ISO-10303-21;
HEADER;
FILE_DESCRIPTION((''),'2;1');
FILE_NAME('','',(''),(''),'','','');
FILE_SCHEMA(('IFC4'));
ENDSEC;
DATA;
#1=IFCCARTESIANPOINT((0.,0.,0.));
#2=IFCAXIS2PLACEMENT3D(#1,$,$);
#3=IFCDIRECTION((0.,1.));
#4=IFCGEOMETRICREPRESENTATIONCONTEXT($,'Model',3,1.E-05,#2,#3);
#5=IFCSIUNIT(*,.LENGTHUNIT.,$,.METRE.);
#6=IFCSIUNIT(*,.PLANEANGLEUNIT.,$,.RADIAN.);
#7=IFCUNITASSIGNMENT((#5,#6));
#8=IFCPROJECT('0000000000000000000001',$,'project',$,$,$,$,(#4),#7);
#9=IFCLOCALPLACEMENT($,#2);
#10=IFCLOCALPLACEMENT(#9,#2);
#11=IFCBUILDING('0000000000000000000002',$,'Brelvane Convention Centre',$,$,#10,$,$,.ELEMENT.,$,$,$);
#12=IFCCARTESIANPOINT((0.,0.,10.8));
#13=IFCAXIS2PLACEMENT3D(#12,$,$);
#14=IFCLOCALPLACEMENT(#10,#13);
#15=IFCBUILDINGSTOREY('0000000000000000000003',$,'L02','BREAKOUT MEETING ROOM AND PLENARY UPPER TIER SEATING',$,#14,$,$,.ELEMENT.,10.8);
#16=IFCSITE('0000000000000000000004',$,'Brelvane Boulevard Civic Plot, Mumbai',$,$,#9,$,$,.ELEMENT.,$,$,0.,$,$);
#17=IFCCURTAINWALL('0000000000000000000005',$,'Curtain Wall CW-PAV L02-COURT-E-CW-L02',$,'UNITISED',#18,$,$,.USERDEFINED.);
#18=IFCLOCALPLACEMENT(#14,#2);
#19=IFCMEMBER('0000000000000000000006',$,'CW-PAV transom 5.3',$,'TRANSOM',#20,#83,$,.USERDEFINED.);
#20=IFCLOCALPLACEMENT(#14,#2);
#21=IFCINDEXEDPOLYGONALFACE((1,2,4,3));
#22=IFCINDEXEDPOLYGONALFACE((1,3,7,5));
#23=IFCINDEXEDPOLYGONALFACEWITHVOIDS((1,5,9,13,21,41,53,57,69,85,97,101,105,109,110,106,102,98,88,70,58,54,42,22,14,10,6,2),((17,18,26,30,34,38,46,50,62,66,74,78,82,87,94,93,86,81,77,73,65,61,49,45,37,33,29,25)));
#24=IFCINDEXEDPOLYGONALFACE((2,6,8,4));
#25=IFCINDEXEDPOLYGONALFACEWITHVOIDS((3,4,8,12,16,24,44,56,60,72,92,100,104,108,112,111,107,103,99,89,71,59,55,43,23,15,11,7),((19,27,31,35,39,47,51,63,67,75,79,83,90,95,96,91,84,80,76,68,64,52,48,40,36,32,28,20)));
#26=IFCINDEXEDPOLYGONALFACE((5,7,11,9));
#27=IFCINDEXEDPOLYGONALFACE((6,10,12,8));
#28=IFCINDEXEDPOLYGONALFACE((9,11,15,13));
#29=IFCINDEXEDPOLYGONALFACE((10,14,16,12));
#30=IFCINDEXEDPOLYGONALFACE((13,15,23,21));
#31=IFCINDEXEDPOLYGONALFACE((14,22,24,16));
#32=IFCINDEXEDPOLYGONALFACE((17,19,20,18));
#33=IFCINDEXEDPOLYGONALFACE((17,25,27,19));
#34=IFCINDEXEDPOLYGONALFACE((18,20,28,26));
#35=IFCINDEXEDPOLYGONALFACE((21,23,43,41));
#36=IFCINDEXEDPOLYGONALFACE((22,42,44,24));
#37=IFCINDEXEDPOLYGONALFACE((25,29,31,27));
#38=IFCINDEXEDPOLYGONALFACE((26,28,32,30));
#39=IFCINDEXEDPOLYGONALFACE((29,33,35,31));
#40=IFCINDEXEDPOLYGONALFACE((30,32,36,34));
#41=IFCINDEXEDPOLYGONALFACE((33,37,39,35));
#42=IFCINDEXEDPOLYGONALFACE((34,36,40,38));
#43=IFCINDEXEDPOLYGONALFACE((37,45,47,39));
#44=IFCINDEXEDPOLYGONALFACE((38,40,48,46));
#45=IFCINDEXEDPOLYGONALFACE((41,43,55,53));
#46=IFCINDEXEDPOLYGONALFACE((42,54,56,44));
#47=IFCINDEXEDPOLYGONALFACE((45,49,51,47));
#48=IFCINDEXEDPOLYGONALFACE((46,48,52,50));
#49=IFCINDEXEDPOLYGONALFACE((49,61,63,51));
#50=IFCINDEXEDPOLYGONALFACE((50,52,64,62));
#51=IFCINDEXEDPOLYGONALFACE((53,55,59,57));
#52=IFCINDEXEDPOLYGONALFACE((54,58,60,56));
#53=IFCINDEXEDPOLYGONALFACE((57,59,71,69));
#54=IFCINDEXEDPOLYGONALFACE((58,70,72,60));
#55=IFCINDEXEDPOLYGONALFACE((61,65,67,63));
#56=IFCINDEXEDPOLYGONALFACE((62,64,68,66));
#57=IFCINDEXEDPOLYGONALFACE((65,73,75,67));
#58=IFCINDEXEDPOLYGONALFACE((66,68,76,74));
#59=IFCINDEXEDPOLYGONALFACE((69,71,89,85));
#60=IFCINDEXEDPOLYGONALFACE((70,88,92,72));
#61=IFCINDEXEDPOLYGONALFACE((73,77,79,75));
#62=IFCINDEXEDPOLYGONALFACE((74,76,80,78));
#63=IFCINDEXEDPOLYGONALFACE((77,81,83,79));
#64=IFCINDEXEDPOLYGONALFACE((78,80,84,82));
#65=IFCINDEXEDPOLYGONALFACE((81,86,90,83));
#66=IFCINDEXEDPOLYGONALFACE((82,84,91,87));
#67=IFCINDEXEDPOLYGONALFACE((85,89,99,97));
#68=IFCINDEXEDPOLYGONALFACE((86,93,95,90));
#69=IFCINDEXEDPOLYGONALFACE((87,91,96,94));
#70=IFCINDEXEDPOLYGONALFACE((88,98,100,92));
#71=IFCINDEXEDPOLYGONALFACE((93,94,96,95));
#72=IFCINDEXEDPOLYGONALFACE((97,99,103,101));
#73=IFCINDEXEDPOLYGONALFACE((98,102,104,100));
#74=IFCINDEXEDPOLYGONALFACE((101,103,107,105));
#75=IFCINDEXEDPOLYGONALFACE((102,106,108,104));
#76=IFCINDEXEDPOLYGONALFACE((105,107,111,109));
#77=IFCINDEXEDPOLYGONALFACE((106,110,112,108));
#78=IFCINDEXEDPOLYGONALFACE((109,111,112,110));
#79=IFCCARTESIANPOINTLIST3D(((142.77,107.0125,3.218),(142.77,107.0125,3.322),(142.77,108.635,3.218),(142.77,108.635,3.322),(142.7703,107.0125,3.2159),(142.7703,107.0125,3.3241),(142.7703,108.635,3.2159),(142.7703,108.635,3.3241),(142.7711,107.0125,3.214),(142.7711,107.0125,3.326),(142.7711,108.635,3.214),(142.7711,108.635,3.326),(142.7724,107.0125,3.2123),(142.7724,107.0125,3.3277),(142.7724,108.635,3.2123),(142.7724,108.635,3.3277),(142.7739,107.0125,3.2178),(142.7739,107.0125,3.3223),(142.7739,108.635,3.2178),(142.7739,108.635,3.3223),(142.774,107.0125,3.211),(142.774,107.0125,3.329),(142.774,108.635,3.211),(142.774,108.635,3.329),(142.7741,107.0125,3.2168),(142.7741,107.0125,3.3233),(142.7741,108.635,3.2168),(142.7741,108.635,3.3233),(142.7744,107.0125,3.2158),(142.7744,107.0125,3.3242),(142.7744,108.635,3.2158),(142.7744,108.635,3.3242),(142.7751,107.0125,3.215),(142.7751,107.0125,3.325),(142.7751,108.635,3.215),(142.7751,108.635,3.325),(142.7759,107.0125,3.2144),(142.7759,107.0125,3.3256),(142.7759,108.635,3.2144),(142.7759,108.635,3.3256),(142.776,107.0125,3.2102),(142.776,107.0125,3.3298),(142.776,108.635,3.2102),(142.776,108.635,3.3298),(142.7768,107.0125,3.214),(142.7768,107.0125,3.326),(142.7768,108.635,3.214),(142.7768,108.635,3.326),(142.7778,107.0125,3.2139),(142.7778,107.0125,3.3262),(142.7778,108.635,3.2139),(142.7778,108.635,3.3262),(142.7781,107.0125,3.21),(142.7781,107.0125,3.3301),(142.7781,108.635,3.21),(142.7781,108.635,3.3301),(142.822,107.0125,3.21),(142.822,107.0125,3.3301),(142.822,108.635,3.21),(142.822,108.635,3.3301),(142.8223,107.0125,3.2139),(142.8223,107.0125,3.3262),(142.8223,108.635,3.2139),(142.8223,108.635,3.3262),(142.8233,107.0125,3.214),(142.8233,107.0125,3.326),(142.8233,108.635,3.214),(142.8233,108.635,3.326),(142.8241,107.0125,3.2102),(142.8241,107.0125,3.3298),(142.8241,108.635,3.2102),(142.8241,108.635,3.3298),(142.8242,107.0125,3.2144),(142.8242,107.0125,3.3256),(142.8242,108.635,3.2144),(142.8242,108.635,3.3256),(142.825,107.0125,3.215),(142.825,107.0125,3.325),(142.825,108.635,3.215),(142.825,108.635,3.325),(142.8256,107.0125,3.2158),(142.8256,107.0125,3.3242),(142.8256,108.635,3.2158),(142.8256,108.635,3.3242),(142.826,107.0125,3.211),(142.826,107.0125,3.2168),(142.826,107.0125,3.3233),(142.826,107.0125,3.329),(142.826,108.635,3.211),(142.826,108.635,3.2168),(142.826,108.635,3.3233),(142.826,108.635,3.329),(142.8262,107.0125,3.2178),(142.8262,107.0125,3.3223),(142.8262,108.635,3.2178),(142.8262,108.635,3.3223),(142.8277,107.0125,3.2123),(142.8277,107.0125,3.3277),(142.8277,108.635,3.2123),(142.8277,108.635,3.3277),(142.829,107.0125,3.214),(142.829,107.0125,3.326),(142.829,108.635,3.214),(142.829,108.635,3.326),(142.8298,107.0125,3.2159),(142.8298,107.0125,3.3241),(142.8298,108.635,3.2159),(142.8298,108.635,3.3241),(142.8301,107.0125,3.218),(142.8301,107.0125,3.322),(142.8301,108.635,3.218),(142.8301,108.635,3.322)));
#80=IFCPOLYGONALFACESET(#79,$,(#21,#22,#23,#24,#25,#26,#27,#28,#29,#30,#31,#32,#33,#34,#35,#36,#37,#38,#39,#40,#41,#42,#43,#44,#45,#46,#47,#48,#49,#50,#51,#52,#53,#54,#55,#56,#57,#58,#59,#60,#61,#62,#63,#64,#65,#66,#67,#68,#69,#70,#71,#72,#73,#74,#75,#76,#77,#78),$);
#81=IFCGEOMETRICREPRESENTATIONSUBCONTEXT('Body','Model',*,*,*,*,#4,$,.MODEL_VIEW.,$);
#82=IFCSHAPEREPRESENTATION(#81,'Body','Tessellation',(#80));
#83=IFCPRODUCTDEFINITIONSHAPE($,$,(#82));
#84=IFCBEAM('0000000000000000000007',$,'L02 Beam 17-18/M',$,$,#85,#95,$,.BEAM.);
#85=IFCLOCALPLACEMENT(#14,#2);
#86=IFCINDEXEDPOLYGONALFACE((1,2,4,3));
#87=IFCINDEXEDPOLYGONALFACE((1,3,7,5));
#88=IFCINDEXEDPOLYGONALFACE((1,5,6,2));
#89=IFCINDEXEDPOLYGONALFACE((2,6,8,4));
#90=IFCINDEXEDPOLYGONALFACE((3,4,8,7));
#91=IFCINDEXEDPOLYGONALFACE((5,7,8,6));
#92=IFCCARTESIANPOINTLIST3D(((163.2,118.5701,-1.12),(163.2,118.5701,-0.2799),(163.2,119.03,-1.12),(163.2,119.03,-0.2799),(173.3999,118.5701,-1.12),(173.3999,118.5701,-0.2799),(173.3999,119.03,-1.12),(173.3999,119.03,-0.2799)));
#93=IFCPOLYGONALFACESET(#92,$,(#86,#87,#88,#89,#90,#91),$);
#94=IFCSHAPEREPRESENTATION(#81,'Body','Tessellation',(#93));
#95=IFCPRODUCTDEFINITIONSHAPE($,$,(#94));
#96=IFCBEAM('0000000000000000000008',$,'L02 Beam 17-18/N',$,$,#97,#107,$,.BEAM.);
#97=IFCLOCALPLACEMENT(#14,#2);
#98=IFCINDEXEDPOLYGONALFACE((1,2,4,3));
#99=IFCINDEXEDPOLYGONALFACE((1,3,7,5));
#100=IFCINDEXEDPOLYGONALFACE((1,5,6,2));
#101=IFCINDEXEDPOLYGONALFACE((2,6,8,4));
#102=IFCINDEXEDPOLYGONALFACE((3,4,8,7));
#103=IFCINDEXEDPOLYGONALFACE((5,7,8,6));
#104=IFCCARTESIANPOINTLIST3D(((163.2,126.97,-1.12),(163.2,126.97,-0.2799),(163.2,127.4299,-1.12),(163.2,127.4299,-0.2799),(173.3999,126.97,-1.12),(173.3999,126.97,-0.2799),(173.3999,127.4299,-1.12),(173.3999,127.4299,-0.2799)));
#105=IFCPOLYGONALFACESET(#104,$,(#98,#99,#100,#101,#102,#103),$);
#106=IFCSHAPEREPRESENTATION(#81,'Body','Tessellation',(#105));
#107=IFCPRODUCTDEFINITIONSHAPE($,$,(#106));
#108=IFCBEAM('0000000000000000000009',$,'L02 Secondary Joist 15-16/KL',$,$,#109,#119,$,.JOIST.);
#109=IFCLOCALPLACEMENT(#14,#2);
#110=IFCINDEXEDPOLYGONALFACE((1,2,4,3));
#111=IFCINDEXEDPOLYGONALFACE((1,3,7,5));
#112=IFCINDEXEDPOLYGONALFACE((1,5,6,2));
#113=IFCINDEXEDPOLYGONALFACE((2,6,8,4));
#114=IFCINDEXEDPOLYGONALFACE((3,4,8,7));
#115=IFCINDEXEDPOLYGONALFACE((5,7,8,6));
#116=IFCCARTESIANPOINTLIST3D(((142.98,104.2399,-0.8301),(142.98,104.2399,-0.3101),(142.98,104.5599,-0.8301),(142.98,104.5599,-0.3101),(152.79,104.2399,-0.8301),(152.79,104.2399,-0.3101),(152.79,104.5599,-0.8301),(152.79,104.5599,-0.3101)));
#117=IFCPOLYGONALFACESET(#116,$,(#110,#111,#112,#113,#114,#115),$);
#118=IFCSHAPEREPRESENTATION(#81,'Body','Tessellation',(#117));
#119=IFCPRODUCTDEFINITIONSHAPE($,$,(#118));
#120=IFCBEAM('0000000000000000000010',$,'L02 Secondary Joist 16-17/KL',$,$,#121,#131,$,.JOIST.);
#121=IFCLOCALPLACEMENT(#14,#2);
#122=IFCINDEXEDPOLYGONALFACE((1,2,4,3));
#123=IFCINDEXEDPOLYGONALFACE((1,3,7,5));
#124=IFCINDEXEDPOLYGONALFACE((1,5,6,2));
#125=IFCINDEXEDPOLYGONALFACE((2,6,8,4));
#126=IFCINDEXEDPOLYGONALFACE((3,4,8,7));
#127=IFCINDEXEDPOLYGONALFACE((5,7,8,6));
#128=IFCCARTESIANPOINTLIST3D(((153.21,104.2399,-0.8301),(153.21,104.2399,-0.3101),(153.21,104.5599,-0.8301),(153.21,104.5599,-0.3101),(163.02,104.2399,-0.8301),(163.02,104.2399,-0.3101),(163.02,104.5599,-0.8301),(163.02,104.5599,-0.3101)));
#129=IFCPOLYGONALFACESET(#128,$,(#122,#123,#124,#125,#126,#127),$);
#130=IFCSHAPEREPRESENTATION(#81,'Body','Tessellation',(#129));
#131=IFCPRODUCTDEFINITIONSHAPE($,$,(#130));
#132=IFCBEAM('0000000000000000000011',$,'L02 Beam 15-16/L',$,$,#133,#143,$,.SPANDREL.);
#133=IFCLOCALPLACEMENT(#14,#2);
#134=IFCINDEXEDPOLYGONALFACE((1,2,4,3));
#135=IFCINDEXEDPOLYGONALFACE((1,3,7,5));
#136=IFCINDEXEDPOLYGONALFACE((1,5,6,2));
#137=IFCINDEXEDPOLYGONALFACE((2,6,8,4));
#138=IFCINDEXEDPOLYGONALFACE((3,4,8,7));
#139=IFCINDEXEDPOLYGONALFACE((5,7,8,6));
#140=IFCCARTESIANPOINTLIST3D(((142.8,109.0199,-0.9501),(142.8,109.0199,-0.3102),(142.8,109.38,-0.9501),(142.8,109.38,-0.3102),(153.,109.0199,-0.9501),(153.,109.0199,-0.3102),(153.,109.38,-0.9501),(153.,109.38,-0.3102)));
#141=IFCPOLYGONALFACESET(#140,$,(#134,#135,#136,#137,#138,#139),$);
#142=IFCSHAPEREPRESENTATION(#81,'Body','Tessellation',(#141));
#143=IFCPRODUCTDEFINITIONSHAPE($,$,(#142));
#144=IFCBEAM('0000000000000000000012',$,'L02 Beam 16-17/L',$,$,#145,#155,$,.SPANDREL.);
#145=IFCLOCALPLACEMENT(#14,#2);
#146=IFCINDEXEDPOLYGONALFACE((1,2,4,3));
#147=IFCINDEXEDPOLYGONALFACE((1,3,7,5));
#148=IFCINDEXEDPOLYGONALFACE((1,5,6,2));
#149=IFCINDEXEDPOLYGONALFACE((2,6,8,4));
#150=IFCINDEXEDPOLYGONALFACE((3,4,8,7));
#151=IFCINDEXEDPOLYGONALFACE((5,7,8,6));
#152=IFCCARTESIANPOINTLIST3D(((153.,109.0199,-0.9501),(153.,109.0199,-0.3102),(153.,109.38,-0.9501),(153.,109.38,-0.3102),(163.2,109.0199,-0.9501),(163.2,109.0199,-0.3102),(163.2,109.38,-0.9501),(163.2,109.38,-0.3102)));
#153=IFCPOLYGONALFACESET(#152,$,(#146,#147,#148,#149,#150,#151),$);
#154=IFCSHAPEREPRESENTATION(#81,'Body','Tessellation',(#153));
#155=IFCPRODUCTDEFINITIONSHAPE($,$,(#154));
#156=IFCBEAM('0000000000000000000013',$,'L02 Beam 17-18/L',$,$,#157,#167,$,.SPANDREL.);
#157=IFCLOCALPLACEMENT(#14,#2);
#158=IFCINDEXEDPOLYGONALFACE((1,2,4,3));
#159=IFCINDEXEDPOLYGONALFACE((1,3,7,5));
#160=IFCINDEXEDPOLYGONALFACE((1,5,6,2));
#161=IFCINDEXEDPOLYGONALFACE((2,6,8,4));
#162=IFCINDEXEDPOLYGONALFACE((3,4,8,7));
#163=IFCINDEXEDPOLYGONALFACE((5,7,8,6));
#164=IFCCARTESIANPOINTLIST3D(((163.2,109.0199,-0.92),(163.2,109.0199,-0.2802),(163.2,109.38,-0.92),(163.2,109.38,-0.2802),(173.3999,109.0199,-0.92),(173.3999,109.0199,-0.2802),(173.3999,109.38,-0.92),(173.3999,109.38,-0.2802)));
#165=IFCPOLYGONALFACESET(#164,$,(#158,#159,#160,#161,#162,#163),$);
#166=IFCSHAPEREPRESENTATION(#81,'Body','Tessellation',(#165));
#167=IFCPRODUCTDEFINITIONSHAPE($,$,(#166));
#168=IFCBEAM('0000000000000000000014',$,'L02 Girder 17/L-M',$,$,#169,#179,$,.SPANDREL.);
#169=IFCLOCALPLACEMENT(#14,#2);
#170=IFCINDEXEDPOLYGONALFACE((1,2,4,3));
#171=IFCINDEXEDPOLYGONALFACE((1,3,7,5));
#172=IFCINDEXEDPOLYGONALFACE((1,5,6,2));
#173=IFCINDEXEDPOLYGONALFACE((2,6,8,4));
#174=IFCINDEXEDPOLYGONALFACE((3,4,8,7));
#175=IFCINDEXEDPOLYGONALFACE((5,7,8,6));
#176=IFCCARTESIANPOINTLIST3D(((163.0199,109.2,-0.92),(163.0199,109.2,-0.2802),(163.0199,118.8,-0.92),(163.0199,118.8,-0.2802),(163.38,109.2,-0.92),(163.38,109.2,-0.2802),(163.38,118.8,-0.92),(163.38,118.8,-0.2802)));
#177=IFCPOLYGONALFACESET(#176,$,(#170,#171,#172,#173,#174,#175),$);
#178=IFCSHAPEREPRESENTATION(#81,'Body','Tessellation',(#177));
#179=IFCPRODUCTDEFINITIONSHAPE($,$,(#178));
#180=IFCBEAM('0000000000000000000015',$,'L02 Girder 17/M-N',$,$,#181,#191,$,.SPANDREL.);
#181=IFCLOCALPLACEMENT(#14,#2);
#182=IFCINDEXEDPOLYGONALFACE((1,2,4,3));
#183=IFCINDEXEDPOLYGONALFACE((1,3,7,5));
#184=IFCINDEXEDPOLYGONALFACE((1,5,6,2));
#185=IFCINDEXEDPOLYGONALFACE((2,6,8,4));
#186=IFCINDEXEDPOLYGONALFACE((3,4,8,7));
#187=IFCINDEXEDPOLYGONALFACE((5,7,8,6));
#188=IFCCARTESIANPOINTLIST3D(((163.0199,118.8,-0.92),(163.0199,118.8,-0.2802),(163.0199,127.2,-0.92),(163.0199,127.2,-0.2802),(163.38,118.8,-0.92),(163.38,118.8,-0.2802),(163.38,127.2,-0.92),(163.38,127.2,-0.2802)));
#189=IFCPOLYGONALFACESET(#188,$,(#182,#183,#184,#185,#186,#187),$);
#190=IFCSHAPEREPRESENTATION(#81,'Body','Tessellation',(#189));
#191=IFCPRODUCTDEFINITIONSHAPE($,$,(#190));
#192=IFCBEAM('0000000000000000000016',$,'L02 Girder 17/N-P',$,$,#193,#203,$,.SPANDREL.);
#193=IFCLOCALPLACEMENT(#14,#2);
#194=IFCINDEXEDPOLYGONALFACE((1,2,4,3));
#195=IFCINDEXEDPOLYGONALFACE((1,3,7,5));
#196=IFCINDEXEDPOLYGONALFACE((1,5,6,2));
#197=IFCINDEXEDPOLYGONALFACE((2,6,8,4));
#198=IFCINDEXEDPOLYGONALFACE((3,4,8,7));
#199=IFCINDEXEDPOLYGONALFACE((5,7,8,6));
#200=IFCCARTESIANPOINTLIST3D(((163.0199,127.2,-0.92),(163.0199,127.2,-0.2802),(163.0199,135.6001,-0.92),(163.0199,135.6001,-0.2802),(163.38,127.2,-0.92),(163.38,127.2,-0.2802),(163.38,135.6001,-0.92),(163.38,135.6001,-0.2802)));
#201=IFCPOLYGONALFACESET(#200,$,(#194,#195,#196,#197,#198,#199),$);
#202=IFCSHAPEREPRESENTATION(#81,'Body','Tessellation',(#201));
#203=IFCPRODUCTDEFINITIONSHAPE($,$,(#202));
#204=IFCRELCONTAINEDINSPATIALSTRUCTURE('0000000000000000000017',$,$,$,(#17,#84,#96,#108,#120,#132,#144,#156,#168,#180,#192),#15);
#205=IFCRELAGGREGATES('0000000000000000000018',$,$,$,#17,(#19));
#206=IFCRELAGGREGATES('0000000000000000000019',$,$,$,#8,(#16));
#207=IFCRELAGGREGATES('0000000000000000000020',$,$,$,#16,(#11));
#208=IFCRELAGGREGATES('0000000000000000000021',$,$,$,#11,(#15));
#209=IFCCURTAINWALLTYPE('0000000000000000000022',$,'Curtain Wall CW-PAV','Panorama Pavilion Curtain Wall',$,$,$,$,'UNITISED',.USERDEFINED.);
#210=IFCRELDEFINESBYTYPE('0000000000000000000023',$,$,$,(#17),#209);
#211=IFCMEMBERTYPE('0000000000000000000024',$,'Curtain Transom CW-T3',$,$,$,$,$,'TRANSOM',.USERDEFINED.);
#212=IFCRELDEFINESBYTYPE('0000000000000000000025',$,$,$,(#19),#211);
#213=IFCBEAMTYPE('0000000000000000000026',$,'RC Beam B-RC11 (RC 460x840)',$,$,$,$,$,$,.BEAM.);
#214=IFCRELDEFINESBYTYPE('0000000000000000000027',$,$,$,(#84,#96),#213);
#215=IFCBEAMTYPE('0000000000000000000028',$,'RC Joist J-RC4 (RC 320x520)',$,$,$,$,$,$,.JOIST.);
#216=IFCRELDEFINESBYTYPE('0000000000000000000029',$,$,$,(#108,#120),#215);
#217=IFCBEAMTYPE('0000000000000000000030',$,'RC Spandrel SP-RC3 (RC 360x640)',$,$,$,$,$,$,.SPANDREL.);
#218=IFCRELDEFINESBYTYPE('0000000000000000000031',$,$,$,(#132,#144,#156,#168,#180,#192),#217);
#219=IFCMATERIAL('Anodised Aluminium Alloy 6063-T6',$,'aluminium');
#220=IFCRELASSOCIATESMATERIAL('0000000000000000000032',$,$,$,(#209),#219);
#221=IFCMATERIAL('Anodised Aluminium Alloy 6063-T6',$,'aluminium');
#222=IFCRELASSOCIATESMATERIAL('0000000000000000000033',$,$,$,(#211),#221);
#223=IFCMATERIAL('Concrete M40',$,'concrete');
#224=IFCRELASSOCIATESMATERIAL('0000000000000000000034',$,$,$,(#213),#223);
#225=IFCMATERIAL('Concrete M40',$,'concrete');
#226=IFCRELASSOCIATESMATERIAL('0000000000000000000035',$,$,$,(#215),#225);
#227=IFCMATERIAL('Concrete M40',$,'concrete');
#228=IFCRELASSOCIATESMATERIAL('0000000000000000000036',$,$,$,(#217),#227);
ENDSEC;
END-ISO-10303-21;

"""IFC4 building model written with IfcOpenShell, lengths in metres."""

from ifc_helpers import new_model, si_unit, direction, frame, origin, origin_2d, place, context, subcontext, project, spatial, rectangle, hollow_rectangle, extrude, material, material_profile, profile_set, type_object, element, aggregate, save


model = new_model("IFC4")

# Units and contexts
model_context = context("Model", 3, precision=1e-05, world=origin(), true_north=direction((0.0, 1.0)))
body_context = subcontext(model_context, "Body", "Model", "MODEL_VIEW")
ifc_project = project(units=[si_unit("LENGTHUNIT", "METRE"), si_unit("PLANEANGLEUNIT", "RADIAN")], contexts=[model_context])

# Site, building, storey
site_placement = place(None, origin())
site = spatial("IfcSite", under=ifc_project, at=site_placement, Name="Brelvane Boulevard Civic Plot, Mumbai", CompositionType="ELEMENT", RefElevation=0.0)
building_placement = place(site_placement, origin())
building = spatial("IfcBuilding", under=site, at=building_placement, Name="Brelvane Convention Centre", CompositionType="ELEMENT")
storey_placement = place(building_placement, frame((0.0, 0.0, 10.8)))
storey = spatial("IfcBuildingStorey", under=building, at=storey_placement, Name="L02", Description="BREAKOUT MEETING ROOM AND PLENARY UPPER TIER SEATING", CompositionType="ELEMENT", Elevation=10.8)

# Curtain wall, member
ifc_material_1 = material(Name="Anodised Aluminium Alloy 6063-T6", Category="aluminium")
curtain_wall_type = type_object("IfcCurtainWallType", Name="Curtain Wall CW-PAV", Description="Panorama Pavilion Curtain Wall", ElementType="UNITISED", PredefinedType="USERDEFINED", material=ifc_material_1)
curtain_wall_placement = place(storey_placement, origin())
curtain_wall = element("IfcCurtainWall", 1, at=curtain_wall_placement, inside=storey, type_object=curtain_wall_type, Name="Curtain Wall CW-PAV L02-COURT-E-CW-L02", ObjectType="UNITISED", PredefinedType="USERDEFINED")
ifc_material_2 = material(Name="Anodised Aluminium Alloy 6063-T6", Category="aluminium")
ifc_material_profile_1 = material_profile(ifc_material_2, hollow_rectangle(XDim=0.0601, YDim=0.1201, WallThickness=0.0039, InnerFilletRadius=0.0039, OuterFilletRadius=0.0081, at=origin_2d()), Name="ALU-T 120x60x4.0")
ifc_profile_set_1 = profile_set([ifc_material_profile_1], Name="Anodised Aluminium Alloy 6063-T6")
member_type_1 = type_object("IfcMemberType", Name="Curtain Transom CW-T3", ElementType="TRANSOM", PredefinedType="USERDEFINED", material=ifc_profile_set_1)
member_1_placement = place(storey_placement, frame((142.8, 107.0125, 3.27), z_axis=(0.0, 1.0, 0.0), x_axis=(-1.0, 0.0, 0.0)))
member_1 = element("IfcMember", 2, at=member_1_placement, type_object=member_type_1, Name="CW-PAV transom 5.3", ObjectType="TRANSOM", PredefinedType="USERDEFINED", context=body_context, shape_type="SweptSolid", body=[
    extrude(hollow_rectangle(XDim=0.0601, YDim=0.1201, WallThickness=0.0039, InnerFilletRadius=0.0039, OuterFilletRadius=0.0081, at=origin_2d()), origin(), (0.0, 0.0, 1.0), 1.6226),
])

# Beams
ifc_material_3 = material(Name="Concrete M40", Category="concrete")
ifc_material_profile_2 = material_profile(ifc_material_3, rectangle(XDim=0.46, YDim=0.8401, at=origin_2d()), Name="RC 460x840")
ifc_profile_set_2 = profile_set([ifc_material_profile_2], Name="Concrete M40")
beam_type_1 = type_object("IfcBeamType", Name="RC Beam B-RC11 (RC 460x840)", PredefinedType="BEAM", material=ifc_profile_set_2)
for number, where, z_axis, x_axis, name in (
    (3, (163.2, 118.8, -0.7), (1.0, 0.0, 0.0), (0.0, 1.0, 0.0), "L02 Beam 17-18/M"),
    (4, (163.2, 127.2, -0.7), (1.0, 0.0, 0.0), (0.0, 1.0, 0.0), "L02 Beam 17-18/N"),
):
    element("IfcBeam", number, at=place(storey_placement, frame(where, z_axis=z_axis, x_axis=x_axis)), inside=storey, type_object=beam_type_1, Name=name, PredefinedType="BEAM", context=body_context, shape_type="SweptSolid", body=[
        extrude(rectangle(XDim=0.46, YDim=0.8401, at=origin_2d()), origin(), (0.0, 0.0, 1.0), 10.2),
    ])
ifc_material_4 = material(Name="Concrete M40", Category="concrete")
ifc_material_profile_3 = material_profile(ifc_material_4, rectangle(XDim=0.3201, YDim=0.52, at=origin_2d()), Name="RC 320x520")
ifc_profile_set_3 = profile_set([ifc_material_profile_3], Name="Concrete M40")
beam_type_2 = type_object("IfcBeamType", Name="RC Joist J-RC4 (RC 320x520)", PredefinedType="JOIST", material=ifc_profile_set_3)
for number, where, z_axis, x_axis, name in (
    (5, (142.98, 104.3999, -0.5701), (1.0, 0.0, 0.0), (0.0, 1.0, 0.0), "L02 Secondary Joist 15-16/KL"),
    (6, (153.21, 104.3999, -0.5701), (1.0, 0.0, 0.0), (0.0, 1.0, 0.0), "L02 Secondary Joist 16-17/KL"),
):
    element("IfcBeam", number, at=place(storey_placement, frame(where, z_axis=z_axis, x_axis=x_axis)), inside=storey, type_object=beam_type_2, Name=name, PredefinedType="JOIST", context=body_context, shape_type="SweptSolid", body=[
        extrude(rectangle(XDim=0.3201, YDim=0.52, at=origin_2d()), origin(), (0.0, 0.0, 1.0), 9.8101),
    ])
ifc_material_5 = material(Name="Concrete M40", Category="concrete")
ifc_material_profile_4 = material_profile(ifc_material_5, rectangle(XDim=0.3601, YDim=0.6399, at=origin_2d()), Name="RC 360x640")
ifc_profile_set_4 = profile_set([ifc_material_profile_4], Name="Concrete M40")
beam_type_3 = type_object("IfcBeamType", Name="RC Spandrel SP-RC3 (RC 360x640)", PredefinedType="SPANDREL", material=ifc_profile_set_4)
for number, where, z_axis, x_axis, name in (
    (7, (142.8, 109.2, -0.6301), (1.0, 0.0, 0.0), (0.0, 1.0, 0.0), "L02 Beam 15-16/L"),
    (8, (153.0, 109.2, -0.6301), (1.0, 0.0, 0.0), (0.0, 1.0, 0.0), "L02 Beam 16-17/L"),
    (9, (163.2, 109.2, -0.6001), (1.0, 0.0, 0.0), (0.0, 1.0, 0.0), "L02 Beam 17-18/L"),
):
    element("IfcBeam", number, at=place(storey_placement, frame(where, z_axis=z_axis, x_axis=x_axis)), inside=storey, type_object=beam_type_3, Name=name, PredefinedType="SPANDREL", context=body_context, shape_type="SweptSolid", body=[
        extrude(rectangle(XDim=0.3601, YDim=0.6399, at=origin_2d()), origin(), (0.0, 0.0, 1.0), 10.2),
    ])
beam_1_placement = place(storey_placement, frame((163.2, 109.2, -0.6001), z_axis=(0.0, 1.0, 0.0), x_axis=(-1.0, 0.0, 0.0)))
element("IfcBeam", 10, at=beam_1_placement, inside=storey, type_object=beam_type_3, Name="L02 Girder 17/L-M", PredefinedType="SPANDREL", context=body_context, shape_type="SweptSolid", body=[
    extrude(rectangle(XDim=0.3601, YDim=0.6399, at=origin_2d()), origin(), (0.0, 0.0, 1.0), 9.6001),
])
beam_2_placement = place(storey_placement, frame((163.2, 118.8, -0.6001), z_axis=(0.0, 1.0, 0.0), x_axis=(-1.0, 0.0, 0.0)))
element("IfcBeam", 11, at=beam_2_placement, inside=storey, type_object=beam_type_3, Name="L02 Girder 17/M-N", PredefinedType="SPANDREL", context=body_context, shape_type="SweptSolid", body=[
    extrude(rectangle(XDim=0.3601, YDim=0.6399, at=origin_2d()), origin(), (0.0, 0.0, 1.0), 8.3999),
])
beam_3_placement = place(storey_placement, frame((163.2, 127.2, -0.6001), z_axis=(0.0, 1.0, 0.0), x_axis=(-1.0, 0.0, 0.0)))
element("IfcBeam", 12, at=beam_3_placement, inside=storey, type_object=beam_type_3, Name="L02 Girder 17/N-P", PredefinedType="SPANDREL", context=body_context, shape_type="SweptSolid", body=[
    extrude(rectangle(XDim=0.3601, YDim=0.6399, at=origin_2d()), origin(), (0.0, 0.0, 1.0), 8.4001),
])

aggregate(curtain_wall, [member_1])

save(model, "model.ifc")
